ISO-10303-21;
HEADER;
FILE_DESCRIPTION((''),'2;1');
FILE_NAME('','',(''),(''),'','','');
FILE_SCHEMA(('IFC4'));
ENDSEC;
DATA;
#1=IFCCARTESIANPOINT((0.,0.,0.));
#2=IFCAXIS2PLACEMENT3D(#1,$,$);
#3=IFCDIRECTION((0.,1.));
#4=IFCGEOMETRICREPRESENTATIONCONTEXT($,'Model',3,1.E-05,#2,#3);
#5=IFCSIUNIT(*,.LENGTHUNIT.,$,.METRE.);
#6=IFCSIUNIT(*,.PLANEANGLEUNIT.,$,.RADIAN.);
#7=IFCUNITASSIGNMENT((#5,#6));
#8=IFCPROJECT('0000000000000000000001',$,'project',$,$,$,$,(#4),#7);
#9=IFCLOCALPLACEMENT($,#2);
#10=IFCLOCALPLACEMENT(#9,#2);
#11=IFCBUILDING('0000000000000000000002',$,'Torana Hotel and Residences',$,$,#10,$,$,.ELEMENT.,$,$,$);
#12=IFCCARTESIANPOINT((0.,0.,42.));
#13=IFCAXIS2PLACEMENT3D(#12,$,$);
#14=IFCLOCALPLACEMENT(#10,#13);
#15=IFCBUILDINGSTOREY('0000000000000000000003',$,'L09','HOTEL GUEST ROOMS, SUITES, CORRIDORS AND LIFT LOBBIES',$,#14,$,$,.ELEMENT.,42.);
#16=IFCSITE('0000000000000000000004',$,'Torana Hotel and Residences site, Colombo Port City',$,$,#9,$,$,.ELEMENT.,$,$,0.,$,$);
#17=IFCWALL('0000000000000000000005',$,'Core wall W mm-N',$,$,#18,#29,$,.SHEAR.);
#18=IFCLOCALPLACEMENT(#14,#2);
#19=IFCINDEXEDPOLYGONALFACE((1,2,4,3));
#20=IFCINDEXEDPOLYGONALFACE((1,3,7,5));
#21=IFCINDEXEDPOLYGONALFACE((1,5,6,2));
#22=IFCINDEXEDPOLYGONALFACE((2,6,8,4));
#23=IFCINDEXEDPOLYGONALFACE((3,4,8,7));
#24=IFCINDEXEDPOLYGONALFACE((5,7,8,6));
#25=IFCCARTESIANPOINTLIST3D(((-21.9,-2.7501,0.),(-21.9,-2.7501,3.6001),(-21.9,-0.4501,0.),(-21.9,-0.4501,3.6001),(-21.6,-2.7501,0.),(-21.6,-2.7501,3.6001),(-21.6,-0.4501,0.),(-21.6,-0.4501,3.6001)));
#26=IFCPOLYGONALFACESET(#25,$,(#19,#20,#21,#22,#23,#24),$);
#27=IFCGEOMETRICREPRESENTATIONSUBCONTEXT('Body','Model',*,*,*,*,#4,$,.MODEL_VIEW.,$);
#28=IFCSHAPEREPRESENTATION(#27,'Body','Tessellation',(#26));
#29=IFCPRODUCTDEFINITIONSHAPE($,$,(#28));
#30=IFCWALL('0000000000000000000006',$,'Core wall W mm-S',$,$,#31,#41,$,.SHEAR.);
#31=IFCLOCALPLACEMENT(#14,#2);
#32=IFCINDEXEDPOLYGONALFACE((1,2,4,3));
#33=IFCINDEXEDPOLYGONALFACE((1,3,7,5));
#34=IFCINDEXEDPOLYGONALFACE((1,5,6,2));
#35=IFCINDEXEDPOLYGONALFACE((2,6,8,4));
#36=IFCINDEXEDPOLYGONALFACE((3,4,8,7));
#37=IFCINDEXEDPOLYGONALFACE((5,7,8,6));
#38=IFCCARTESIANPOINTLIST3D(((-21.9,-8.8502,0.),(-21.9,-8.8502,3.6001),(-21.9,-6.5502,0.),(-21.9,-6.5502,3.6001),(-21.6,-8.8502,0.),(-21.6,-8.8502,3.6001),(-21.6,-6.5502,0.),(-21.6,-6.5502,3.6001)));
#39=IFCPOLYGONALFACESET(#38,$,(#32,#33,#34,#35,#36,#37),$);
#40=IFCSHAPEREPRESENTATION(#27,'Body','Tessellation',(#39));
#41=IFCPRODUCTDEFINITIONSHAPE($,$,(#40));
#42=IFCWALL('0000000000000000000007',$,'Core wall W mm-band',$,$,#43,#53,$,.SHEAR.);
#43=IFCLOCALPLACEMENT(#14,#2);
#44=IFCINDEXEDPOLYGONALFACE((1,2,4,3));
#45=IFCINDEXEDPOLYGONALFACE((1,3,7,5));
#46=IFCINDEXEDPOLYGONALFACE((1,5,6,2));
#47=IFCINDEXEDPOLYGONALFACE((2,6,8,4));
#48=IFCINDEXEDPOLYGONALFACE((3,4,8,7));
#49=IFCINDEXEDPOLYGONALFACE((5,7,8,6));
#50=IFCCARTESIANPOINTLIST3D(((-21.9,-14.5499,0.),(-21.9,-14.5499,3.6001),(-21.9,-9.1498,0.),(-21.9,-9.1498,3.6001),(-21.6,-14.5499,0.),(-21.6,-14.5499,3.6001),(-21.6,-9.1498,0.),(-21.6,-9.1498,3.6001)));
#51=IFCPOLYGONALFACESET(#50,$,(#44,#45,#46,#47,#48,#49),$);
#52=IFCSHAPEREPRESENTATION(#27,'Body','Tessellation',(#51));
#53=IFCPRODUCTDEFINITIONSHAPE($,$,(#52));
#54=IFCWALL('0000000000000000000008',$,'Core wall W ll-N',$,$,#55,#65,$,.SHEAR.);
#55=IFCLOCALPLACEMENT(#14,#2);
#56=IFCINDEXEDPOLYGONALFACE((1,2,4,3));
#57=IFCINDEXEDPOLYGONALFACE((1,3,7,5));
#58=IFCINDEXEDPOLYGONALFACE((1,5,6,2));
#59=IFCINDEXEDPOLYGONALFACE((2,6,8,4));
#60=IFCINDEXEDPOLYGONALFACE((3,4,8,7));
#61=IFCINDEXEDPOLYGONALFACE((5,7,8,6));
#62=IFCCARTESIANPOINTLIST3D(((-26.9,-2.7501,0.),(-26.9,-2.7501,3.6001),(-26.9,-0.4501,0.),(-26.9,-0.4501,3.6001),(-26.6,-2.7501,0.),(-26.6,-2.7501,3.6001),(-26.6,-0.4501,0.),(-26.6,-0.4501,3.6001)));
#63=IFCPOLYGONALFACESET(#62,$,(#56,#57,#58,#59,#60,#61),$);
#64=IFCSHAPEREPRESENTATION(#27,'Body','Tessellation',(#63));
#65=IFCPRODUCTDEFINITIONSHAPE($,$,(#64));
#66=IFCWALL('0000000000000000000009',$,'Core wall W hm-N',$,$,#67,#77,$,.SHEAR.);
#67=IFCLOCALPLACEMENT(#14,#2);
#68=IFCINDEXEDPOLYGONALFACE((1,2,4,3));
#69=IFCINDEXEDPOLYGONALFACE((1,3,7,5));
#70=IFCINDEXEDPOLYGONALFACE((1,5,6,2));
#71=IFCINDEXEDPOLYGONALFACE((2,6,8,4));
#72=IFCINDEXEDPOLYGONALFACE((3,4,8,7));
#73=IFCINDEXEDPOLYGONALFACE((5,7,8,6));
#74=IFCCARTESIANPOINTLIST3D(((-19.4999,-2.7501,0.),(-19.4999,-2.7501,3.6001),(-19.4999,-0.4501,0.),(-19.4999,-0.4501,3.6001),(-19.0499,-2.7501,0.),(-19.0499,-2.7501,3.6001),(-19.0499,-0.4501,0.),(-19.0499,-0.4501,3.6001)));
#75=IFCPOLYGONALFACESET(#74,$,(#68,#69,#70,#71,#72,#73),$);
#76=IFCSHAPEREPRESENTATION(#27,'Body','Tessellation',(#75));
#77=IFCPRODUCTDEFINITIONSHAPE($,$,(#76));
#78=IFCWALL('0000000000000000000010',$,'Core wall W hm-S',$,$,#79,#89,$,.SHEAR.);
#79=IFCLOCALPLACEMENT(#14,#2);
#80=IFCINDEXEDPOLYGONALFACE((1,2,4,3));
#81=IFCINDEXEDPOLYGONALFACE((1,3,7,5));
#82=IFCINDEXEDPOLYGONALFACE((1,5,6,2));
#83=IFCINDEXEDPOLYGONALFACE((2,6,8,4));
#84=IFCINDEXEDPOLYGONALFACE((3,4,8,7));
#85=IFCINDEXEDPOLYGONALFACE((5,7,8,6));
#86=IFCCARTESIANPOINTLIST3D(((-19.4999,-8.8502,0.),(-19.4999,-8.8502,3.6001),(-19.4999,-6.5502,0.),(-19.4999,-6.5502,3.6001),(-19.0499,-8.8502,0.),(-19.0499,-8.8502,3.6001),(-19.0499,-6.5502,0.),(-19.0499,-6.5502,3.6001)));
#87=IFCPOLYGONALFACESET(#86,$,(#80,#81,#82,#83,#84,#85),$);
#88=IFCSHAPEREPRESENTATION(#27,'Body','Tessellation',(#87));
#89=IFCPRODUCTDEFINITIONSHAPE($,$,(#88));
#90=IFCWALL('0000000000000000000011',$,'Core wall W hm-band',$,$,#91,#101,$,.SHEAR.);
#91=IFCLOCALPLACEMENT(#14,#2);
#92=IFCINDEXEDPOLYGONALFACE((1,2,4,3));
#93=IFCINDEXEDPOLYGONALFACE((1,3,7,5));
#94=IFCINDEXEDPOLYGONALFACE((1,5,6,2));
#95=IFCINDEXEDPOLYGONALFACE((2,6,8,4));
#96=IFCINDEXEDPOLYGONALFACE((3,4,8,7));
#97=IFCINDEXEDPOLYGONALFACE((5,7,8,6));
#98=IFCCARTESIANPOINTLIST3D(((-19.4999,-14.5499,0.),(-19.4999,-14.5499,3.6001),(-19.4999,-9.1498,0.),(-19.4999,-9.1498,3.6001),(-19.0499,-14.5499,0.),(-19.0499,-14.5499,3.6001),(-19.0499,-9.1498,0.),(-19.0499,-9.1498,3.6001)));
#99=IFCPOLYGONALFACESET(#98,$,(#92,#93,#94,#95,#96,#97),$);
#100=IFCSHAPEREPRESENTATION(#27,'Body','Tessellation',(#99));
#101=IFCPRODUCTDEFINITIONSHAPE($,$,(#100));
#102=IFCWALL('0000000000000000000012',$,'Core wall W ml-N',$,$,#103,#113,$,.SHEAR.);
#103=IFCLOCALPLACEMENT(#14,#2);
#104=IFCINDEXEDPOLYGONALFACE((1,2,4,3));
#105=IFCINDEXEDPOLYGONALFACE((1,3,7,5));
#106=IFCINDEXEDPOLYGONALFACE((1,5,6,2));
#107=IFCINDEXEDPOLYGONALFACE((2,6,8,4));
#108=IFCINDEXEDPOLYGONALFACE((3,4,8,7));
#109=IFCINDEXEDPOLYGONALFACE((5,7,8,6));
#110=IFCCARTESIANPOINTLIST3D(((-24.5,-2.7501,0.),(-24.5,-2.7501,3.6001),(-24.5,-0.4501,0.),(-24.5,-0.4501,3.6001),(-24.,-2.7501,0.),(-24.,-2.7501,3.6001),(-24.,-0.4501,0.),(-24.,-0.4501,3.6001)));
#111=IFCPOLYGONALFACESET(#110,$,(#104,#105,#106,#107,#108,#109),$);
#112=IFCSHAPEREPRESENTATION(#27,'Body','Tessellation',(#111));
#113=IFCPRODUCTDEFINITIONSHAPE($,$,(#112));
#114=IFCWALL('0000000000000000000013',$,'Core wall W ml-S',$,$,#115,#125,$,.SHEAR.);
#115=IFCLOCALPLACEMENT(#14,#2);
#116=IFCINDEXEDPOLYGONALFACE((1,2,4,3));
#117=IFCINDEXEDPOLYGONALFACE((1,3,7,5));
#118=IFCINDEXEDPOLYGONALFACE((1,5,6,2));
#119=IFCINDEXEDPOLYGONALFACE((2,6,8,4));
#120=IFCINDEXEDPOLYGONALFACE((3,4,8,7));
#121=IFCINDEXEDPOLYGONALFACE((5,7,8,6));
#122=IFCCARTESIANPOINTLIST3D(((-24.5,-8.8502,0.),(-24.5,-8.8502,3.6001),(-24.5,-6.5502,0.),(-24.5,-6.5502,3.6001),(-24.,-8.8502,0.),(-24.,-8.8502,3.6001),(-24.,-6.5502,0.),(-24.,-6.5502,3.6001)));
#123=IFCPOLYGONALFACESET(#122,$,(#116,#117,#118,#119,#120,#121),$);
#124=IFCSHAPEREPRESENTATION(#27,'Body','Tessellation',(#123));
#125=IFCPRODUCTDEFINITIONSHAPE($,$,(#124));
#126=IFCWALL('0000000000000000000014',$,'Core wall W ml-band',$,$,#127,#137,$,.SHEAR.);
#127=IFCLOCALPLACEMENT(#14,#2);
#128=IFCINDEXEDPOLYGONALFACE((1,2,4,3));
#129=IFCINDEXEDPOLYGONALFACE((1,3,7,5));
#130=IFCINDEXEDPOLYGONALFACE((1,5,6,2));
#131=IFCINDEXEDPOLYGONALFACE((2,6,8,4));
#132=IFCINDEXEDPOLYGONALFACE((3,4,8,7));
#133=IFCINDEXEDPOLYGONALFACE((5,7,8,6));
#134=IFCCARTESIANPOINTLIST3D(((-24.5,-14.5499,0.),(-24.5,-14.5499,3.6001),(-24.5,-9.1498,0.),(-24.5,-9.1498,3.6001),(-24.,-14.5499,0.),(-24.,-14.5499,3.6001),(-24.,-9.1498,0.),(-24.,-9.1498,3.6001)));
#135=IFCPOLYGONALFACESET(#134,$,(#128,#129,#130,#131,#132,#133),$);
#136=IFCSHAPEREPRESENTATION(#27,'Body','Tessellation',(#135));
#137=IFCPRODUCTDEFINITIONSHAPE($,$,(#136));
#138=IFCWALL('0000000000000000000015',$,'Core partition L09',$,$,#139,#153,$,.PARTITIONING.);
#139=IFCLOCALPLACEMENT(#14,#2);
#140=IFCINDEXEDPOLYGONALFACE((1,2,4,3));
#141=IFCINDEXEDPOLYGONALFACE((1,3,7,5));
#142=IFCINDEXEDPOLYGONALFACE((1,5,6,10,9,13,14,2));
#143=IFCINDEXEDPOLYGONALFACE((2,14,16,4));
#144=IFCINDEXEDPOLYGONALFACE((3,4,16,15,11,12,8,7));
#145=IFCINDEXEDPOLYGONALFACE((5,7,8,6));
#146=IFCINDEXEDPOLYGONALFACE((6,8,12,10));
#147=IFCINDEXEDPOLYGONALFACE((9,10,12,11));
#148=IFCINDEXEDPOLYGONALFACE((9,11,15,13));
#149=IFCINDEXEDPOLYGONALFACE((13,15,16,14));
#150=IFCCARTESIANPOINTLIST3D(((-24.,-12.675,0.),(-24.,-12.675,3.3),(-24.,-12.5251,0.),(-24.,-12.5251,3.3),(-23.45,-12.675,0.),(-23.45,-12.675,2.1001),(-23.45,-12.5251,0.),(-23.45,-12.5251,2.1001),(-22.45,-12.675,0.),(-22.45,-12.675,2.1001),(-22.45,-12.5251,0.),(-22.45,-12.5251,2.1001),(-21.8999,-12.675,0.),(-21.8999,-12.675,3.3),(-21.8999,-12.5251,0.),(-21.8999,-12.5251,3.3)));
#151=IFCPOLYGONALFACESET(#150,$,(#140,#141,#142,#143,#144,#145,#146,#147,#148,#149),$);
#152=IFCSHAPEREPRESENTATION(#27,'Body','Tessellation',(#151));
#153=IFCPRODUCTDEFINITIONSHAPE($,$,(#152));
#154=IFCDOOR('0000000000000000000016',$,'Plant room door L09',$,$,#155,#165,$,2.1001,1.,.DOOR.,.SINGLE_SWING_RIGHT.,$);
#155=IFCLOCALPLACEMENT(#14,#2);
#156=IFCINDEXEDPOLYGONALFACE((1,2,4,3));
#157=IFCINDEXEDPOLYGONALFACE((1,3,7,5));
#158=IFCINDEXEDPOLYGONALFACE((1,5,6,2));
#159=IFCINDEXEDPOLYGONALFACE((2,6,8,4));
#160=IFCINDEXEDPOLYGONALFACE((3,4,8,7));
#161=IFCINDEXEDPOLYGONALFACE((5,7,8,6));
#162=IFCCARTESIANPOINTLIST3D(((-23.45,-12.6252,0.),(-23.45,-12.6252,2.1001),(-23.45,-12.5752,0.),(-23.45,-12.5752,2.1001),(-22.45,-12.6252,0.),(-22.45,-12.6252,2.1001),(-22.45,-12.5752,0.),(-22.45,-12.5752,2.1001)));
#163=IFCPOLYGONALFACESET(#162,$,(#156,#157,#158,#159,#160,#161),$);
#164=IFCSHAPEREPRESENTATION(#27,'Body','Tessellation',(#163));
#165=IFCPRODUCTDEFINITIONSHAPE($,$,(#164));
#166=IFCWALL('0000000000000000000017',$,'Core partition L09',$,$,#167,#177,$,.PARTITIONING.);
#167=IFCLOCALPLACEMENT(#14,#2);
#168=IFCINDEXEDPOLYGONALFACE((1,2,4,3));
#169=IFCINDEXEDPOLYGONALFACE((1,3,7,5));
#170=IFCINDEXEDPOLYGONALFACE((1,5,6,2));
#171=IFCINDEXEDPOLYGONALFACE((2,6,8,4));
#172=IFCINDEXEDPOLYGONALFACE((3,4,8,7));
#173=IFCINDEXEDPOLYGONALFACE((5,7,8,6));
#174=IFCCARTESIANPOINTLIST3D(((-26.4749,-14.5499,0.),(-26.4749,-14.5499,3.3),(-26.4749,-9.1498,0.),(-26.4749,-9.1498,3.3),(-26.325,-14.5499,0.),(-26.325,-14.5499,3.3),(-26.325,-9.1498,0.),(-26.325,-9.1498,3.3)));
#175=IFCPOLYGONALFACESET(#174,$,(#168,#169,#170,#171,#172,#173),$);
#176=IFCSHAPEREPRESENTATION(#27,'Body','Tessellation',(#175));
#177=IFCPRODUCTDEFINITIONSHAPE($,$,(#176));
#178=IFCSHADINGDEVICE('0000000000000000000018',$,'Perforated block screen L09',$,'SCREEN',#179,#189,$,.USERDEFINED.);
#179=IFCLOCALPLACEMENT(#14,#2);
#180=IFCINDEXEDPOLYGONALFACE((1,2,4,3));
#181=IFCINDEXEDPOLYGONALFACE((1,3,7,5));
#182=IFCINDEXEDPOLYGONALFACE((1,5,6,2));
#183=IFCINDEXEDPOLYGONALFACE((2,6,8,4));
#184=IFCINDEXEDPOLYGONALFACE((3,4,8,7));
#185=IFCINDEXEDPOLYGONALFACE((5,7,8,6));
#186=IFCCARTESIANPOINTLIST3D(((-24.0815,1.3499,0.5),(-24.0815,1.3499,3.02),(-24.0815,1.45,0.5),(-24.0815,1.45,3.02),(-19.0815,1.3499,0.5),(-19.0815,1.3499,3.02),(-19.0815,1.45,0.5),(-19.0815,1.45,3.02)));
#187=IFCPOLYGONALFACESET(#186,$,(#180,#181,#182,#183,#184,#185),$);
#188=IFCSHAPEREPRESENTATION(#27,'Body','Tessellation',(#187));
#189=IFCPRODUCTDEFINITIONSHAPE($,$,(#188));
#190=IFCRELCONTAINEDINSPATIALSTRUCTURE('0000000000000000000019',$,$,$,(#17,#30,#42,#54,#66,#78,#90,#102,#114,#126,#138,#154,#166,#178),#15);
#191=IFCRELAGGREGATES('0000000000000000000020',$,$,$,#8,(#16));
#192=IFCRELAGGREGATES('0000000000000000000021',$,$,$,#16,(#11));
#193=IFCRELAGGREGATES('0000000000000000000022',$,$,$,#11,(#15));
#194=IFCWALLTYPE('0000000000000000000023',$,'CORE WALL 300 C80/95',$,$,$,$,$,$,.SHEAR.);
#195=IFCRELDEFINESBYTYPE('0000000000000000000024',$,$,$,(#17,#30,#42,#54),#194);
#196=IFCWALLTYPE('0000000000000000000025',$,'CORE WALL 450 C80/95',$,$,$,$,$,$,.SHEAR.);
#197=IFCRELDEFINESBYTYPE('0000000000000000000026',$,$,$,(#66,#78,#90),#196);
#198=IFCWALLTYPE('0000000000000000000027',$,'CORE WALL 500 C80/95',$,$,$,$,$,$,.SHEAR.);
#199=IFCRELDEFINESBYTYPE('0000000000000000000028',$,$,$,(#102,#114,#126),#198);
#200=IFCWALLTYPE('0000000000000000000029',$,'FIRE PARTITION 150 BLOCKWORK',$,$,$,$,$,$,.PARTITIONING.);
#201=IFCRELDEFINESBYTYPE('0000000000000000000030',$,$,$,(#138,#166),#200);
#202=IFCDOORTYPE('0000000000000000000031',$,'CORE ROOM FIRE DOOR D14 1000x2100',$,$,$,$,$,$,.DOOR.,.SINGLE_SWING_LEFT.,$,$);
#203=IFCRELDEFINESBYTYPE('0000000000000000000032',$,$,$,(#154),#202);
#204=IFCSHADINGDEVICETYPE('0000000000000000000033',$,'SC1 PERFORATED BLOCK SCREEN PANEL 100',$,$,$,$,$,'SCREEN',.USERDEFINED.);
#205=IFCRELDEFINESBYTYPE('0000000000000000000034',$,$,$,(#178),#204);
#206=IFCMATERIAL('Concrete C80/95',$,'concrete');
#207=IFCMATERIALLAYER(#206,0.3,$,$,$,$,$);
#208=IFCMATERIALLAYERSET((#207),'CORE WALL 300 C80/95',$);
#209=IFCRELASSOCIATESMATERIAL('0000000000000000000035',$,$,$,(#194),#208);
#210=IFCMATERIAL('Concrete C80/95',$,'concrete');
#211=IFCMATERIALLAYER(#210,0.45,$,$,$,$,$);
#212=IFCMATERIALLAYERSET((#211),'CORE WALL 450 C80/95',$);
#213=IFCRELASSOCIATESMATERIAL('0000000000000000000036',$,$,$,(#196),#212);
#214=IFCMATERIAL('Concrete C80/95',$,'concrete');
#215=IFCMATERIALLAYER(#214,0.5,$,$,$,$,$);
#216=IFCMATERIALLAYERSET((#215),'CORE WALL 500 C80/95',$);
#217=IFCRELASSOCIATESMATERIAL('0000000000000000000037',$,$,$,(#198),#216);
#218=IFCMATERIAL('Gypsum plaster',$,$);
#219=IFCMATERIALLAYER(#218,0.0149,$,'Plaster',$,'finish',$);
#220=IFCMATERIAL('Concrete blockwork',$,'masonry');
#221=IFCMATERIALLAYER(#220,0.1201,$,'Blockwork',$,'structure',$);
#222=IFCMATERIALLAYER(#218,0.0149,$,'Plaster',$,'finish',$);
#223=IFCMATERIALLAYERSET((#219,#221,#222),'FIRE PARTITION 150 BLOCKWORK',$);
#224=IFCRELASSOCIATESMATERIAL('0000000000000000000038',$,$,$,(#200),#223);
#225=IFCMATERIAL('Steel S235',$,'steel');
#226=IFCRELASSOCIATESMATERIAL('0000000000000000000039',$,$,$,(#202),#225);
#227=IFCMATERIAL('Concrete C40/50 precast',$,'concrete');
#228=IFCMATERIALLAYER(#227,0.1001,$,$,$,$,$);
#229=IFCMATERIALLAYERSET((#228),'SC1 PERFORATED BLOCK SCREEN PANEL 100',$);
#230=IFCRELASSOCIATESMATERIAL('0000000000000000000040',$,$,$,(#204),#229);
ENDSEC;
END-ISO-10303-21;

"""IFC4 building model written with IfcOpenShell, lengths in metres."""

from ifc_helpers import new_model, si_unit, direction, frame, frame_2d, origin, origin_2d, place, context, subcontext, project, spatial, rectangle, extrude, material, layer, layer_set, type_object, element, fill, save


model = new_model("IFC4")

# Units and contexts
model_context = context("Model", 3, precision=1e-05, world=origin(), true_north=direction((0.0, 1.0)))
body_context = subcontext(model_context, "Body", "Model", "MODEL_VIEW")
ifc_project = project(units=[si_unit("LENGTHUNIT", "METRE"), si_unit("PLANEANGLEUNIT", "RADIAN")], contexts=[model_context])

# Site, building, storey
site_placement = place(None, origin())
site = spatial("IfcSite", under=ifc_project, at=site_placement, Name="Torana Hotel and Residences site, Colombo Port City", CompositionType="ELEMENT", RefElevation=0.0)
building_placement = place(site_placement, origin())
building = spatial("IfcBuilding", under=site, at=building_placement, Name="Torana Hotel and Residences", CompositionType="ELEMENT")
storey_placement = place(building_placement, frame((0.0, 0.0, 42.0)))
storey = spatial("IfcBuildingStorey", under=building, at=storey_placement, Name="L09", Description="HOTEL GUEST ROOMS, SUITES, CORRIDORS AND LIFT LOBBIES", CompositionType="ELEMENT", Elevation=42.0)

# Walls
ifc_material_1 = material(Name="Concrete C80/95", Category="concrete")
ifc_layer_1 = layer(ifc_material_1, 0.3)
ifc_layer_set_1 = layer_set([ifc_layer_1], Name="CORE WALL 300 C80/95")
wall_type_1 = type_object("IfcWallType", Name="CORE WALL 300 C80/95", PredefinedType="SHEAR", material=ifc_layer_set_1)
for number, where, z_axis, x_axis, name in (
    (1, (-21.75, -2.75, 0.0), (0.0, 0.0, 1.0), (0.0, 1.0, 0.0), "Core wall W mm-N"),
    (2, (-21.75, -8.8501, 0.0), (0.0, 0.0, 1.0), (0.0, 1.0, 0.0), "Core wall W mm-S"),
):
    element("IfcWall", number, at=place(storey_placement, frame(where, z_axis=z_axis, x_axis=x_axis)), inside=storey, type_object=wall_type_1, Name=name, PredefinedType="SHEAR", context=body_context, shape_type="SweptSolid", body=[
        extrude(rectangle(XDim=2.3, YDim=0.3, at=frame_2d((1.1499, 0.0))), origin(), (0.0, 0.0, 1.0), 3.6001),
    ])
wall_1_placement = place(storey_placement, frame((-21.75, -14.55, 0.0), z_axis=(0.0, 0.0, 1.0), x_axis=(0.0, 1.0, 0.0)))
element("IfcWall", 3, at=wall_1_placement, inside=storey, type_object=wall_type_1, Name="Core wall W mm-band", PredefinedType="SHEAR", context=body_context, shape_type="SweptSolid", body=[
    extrude(rectangle(XDim=5.4001, YDim=0.3, at=frame_2d((2.7002, 0.0))), origin(), (0.0, 0.0, 1.0), 3.6001),
])
wall_2_placement = place(storey_placement, frame((-26.75, -2.75, 0.0), z_axis=(0.0, 0.0, 1.0), x_axis=(0.0, 1.0, 0.0)))
element("IfcWall", 4, at=wall_2_placement, inside=storey, type_object=wall_type_1, Name="Core wall W ll-N", PredefinedType="SHEAR", context=body_context, shape_type="SweptSolid", body=[
    extrude(rectangle(XDim=2.3, YDim=0.3, at=frame_2d((1.1499, 0.0))), origin(), (0.0, 0.0, 1.0), 3.6001),
])
ifc_material_2 = material(Name="Concrete C80/95", Category="concrete")
ifc_layer_2 = layer(ifc_material_2, 0.45)
ifc_layer_set_2 = layer_set([ifc_layer_2], Name="CORE WALL 450 C80/95")
wall_type_2 = type_object("IfcWallType", Name="CORE WALL 450 C80/95", PredefinedType="SHEAR", material=ifc_layer_set_2)
for number, where, z_axis, x_axis, name in (
    (5, (-19.2749, -2.75, 0.0), (0.0, 0.0, 1.0), (0.0, 1.0, 0.0), "Core wall W hm-N"),
    (6, (-19.2749, -8.8501, 0.0), (0.0, 0.0, 1.0), (0.0, 1.0, 0.0), "Core wall W hm-S"),
):
    element("IfcWall", number, at=place(storey_placement, frame(where, z_axis=z_axis, x_axis=x_axis)), inside=storey, type_object=wall_type_2, Name=name, PredefinedType="SHEAR", context=body_context, shape_type="SweptSolid", body=[
        extrude(rectangle(XDim=2.3, YDim=0.45, at=frame_2d((1.1499, 0.0))), origin(), (0.0, 0.0, 1.0), 3.6001),
    ])
wall_3_placement = place(storey_placement, frame((-19.2749, -14.55, 0.0), z_axis=(0.0, 0.0, 1.0), x_axis=(0.0, 1.0, 0.0)))
element("IfcWall", 7, at=wall_3_placement, inside=storey, type_object=wall_type_2, Name="Core wall W hm-band", PredefinedType="SHEAR", context=body_context, shape_type="SweptSolid", body=[
    extrude(rectangle(XDim=5.4001, YDim=0.45, at=frame_2d((2.7002, 0.0))), origin(), (0.0, 0.0, 1.0), 3.6001),
])
ifc_material_3 = material(Name="Concrete C80/95", Category="concrete")
ifc_layer_3 = layer(ifc_material_3, 0.5)
ifc_layer_set_3 = layer_set([ifc_layer_3], Name="CORE WALL 500 C80/95")
wall_type_3 = type_object("IfcWallType", Name="CORE WALL 500 C80/95", PredefinedType="SHEAR", material=ifc_layer_set_3)
for number, where, z_axis, x_axis, name in (
    (8, (-24.25, -2.75, 0.0), (0.0, 0.0, 1.0), (0.0, 1.0, 0.0), "Core wall W ml-N"),
    (9, (-24.25, -8.8501, 0.0), (0.0, 0.0, 1.0), (0.0, 1.0, 0.0), "Core wall W ml-S"),
):
    element("IfcWall", number, at=place(storey_placement, frame(where, z_axis=z_axis, x_axis=x_axis)), inside=storey, type_object=wall_type_3, Name=name, PredefinedType="SHEAR", context=body_context, shape_type="SweptSolid", body=[
        extrude(rectangle(XDim=2.3, YDim=0.5, at=frame_2d((1.1499, 0.0))), origin(), (0.0, 0.0, 1.0), 3.6001),
    ])
wall_4_placement = place(storey_placement, frame((-24.25, -14.55, 0.0), z_axis=(0.0, 0.0, 1.0), x_axis=(0.0, 1.0, 0.0)))
element("IfcWall", 10, at=wall_4_placement, inside=storey, type_object=wall_type_3, Name="Core wall W ml-band", PredefinedType="SHEAR", context=body_context, shape_type="SweptSolid", body=[
    extrude(rectangle(XDim=5.4001, YDim=0.5, at=frame_2d((2.7002, 0.0))), origin(), (0.0, 0.0, 1.0), 3.6001),
])

# Wall, opening, door
ifc_material_4 = material(Name="Gypsum plaster")
ifc_layer_4 = layer(ifc_material_4, 0.0149, Name="Plaster", Category="finish")
ifc_material_5 = material(Name="Concrete blockwork", Category="masonry")
ifc_layer_5 = layer(ifc_material_5, 0.1201, Name="Blockwork", Category="structure")
ifc_layer_6 = layer(ifc_material_4, 0.0149, Name="Plaster", Category="finish")
ifc_layer_set_4 = layer_set([ifc_layer_4, ifc_layer_5, ifc_layer_6], Name="FIRE PARTITION 150 BLOCKWORK")
wall_type_4 = type_object("IfcWallType", Name="FIRE PARTITION 150 BLOCKWORK", PredefinedType="PARTITIONING", material=ifc_layer_set_4)
wall_5_placement = place(storey_placement, frame((-24.0, -12.6001, 0.0), z_axis=(0.0, 0.0, 1.0), x_axis=(1.0, 0.0, 0.0)))
wall_5 = element("IfcWall", 11, at=wall_5_placement, inside=storey, type_object=wall_type_4, Name="Core partition L09", PredefinedType="PARTITIONING", context=body_context, shape_type="SweptSolid", body=[
    extrude(rectangle(XDim=2.1001, YDim=0.1499, at=frame_2d((1.05, 0.0))), origin(), (0.0, 0.0, 1.0), 3.3),
])
opening_placement = place(wall_5_placement, frame((0.55, 0.0, 0.0)))
opening = element("IfcOpeningElement", 12, at=opening_placement, cuts=wall_5, PredefinedType="OPENING", context=body_context, shape_type="SweptSolid", body=[
    extrude(rectangle(XDim=1.0, YDim=2.1001, at=frame_2d((0.5, 1.05))), frame((0.0, 0.085, 0.0), z_axis=(0.0, -1.0, 0.0), x_axis=(1.0, 0.0, 0.0)), (0.0, 0.0, 1.0), 0.1699),
])
ifc_material_6 = material(Name="Steel S235", Category="steel")
door_type = type_object("IfcDoorType", Name="CORE ROOM FIRE DOOR D14 1000x2100", OperationType="SINGLE_SWING_LEFT", PredefinedType="DOOR", material=ifc_material_6)
door_placement = place(opening_placement, origin())
door = element("IfcDoor", 13, at=door_placement, inside=storey, type_object=door_type, Name="Plant room door L09", OperationType="SINGLE_SWING_RIGHT", OverallHeight=2.1001, OverallWidth=1.0, PredefinedType="DOOR", context=body_context, shape_type="SweptSolid", body=[
    extrude(rectangle(XDim=1.0, YDim=2.1001, at=frame_2d((0.5, 1.05))), frame((0.0, 0.0249, 0.0), z_axis=(0.0, -1.0, 0.0), x_axis=(1.0, 0.0, 0.0)), (0.0, 0.0, 1.0), 0.05),
])
fill(opening, door)

# Wall
wall_6_placement = place(storey_placement, frame((-26.3999, -14.55, 0.0), z_axis=(0.0, 0.0, 1.0), x_axis=(0.0, 1.0, 0.0)))
element("IfcWall", 14, at=wall_6_placement, inside=storey, type_object=wall_type_4, Name="Core partition L09", PredefinedType="PARTITIONING", context=body_context, shape_type="SweptSolid", body=[
    extrude(rectangle(XDim=5.4001, YDim=0.1499, at=frame_2d((2.7002, 0.0))), origin(), (0.0, 0.0, 1.0), 3.3),
])

# Shading device
ifc_material_7 = material(Name="Concrete C40/50 precast", Category="concrete")
ifc_layer_7 = layer(ifc_material_7, 0.1001)
ifc_layer_set_5 = layer_set([ifc_layer_7], Name="SC1 PERFORATED BLOCK SCREEN PANEL 100")
shading_device_type = type_object("IfcShadingDeviceType", Name="SC1 PERFORATED BLOCK SCREEN PANEL 100", ElementType="SCREEN", PredefinedType="USERDEFINED", material=ifc_layer_set_5)
shading_device_placement = place(storey_placement, frame((-21.5815, 1.3999, 0.5), z_axis=(0.0, 0.0, 1.0), x_axis=(-1.0, 0.0, 0.0)))
element("IfcShadingDevice", 15, at=shading_device_placement, inside=storey, type_object=shading_device_type, Name="Perforated block screen L09", ObjectType="SCREEN", PredefinedType="USERDEFINED", context=body_context, shape_type="SweptSolid", body=[
    extrude(rectangle(XDim=5.0, YDim=0.1001, at=origin_2d()), origin(), (0.0, 0.0, 1.0), 2.52),
])

save(model, "model.ifc")
